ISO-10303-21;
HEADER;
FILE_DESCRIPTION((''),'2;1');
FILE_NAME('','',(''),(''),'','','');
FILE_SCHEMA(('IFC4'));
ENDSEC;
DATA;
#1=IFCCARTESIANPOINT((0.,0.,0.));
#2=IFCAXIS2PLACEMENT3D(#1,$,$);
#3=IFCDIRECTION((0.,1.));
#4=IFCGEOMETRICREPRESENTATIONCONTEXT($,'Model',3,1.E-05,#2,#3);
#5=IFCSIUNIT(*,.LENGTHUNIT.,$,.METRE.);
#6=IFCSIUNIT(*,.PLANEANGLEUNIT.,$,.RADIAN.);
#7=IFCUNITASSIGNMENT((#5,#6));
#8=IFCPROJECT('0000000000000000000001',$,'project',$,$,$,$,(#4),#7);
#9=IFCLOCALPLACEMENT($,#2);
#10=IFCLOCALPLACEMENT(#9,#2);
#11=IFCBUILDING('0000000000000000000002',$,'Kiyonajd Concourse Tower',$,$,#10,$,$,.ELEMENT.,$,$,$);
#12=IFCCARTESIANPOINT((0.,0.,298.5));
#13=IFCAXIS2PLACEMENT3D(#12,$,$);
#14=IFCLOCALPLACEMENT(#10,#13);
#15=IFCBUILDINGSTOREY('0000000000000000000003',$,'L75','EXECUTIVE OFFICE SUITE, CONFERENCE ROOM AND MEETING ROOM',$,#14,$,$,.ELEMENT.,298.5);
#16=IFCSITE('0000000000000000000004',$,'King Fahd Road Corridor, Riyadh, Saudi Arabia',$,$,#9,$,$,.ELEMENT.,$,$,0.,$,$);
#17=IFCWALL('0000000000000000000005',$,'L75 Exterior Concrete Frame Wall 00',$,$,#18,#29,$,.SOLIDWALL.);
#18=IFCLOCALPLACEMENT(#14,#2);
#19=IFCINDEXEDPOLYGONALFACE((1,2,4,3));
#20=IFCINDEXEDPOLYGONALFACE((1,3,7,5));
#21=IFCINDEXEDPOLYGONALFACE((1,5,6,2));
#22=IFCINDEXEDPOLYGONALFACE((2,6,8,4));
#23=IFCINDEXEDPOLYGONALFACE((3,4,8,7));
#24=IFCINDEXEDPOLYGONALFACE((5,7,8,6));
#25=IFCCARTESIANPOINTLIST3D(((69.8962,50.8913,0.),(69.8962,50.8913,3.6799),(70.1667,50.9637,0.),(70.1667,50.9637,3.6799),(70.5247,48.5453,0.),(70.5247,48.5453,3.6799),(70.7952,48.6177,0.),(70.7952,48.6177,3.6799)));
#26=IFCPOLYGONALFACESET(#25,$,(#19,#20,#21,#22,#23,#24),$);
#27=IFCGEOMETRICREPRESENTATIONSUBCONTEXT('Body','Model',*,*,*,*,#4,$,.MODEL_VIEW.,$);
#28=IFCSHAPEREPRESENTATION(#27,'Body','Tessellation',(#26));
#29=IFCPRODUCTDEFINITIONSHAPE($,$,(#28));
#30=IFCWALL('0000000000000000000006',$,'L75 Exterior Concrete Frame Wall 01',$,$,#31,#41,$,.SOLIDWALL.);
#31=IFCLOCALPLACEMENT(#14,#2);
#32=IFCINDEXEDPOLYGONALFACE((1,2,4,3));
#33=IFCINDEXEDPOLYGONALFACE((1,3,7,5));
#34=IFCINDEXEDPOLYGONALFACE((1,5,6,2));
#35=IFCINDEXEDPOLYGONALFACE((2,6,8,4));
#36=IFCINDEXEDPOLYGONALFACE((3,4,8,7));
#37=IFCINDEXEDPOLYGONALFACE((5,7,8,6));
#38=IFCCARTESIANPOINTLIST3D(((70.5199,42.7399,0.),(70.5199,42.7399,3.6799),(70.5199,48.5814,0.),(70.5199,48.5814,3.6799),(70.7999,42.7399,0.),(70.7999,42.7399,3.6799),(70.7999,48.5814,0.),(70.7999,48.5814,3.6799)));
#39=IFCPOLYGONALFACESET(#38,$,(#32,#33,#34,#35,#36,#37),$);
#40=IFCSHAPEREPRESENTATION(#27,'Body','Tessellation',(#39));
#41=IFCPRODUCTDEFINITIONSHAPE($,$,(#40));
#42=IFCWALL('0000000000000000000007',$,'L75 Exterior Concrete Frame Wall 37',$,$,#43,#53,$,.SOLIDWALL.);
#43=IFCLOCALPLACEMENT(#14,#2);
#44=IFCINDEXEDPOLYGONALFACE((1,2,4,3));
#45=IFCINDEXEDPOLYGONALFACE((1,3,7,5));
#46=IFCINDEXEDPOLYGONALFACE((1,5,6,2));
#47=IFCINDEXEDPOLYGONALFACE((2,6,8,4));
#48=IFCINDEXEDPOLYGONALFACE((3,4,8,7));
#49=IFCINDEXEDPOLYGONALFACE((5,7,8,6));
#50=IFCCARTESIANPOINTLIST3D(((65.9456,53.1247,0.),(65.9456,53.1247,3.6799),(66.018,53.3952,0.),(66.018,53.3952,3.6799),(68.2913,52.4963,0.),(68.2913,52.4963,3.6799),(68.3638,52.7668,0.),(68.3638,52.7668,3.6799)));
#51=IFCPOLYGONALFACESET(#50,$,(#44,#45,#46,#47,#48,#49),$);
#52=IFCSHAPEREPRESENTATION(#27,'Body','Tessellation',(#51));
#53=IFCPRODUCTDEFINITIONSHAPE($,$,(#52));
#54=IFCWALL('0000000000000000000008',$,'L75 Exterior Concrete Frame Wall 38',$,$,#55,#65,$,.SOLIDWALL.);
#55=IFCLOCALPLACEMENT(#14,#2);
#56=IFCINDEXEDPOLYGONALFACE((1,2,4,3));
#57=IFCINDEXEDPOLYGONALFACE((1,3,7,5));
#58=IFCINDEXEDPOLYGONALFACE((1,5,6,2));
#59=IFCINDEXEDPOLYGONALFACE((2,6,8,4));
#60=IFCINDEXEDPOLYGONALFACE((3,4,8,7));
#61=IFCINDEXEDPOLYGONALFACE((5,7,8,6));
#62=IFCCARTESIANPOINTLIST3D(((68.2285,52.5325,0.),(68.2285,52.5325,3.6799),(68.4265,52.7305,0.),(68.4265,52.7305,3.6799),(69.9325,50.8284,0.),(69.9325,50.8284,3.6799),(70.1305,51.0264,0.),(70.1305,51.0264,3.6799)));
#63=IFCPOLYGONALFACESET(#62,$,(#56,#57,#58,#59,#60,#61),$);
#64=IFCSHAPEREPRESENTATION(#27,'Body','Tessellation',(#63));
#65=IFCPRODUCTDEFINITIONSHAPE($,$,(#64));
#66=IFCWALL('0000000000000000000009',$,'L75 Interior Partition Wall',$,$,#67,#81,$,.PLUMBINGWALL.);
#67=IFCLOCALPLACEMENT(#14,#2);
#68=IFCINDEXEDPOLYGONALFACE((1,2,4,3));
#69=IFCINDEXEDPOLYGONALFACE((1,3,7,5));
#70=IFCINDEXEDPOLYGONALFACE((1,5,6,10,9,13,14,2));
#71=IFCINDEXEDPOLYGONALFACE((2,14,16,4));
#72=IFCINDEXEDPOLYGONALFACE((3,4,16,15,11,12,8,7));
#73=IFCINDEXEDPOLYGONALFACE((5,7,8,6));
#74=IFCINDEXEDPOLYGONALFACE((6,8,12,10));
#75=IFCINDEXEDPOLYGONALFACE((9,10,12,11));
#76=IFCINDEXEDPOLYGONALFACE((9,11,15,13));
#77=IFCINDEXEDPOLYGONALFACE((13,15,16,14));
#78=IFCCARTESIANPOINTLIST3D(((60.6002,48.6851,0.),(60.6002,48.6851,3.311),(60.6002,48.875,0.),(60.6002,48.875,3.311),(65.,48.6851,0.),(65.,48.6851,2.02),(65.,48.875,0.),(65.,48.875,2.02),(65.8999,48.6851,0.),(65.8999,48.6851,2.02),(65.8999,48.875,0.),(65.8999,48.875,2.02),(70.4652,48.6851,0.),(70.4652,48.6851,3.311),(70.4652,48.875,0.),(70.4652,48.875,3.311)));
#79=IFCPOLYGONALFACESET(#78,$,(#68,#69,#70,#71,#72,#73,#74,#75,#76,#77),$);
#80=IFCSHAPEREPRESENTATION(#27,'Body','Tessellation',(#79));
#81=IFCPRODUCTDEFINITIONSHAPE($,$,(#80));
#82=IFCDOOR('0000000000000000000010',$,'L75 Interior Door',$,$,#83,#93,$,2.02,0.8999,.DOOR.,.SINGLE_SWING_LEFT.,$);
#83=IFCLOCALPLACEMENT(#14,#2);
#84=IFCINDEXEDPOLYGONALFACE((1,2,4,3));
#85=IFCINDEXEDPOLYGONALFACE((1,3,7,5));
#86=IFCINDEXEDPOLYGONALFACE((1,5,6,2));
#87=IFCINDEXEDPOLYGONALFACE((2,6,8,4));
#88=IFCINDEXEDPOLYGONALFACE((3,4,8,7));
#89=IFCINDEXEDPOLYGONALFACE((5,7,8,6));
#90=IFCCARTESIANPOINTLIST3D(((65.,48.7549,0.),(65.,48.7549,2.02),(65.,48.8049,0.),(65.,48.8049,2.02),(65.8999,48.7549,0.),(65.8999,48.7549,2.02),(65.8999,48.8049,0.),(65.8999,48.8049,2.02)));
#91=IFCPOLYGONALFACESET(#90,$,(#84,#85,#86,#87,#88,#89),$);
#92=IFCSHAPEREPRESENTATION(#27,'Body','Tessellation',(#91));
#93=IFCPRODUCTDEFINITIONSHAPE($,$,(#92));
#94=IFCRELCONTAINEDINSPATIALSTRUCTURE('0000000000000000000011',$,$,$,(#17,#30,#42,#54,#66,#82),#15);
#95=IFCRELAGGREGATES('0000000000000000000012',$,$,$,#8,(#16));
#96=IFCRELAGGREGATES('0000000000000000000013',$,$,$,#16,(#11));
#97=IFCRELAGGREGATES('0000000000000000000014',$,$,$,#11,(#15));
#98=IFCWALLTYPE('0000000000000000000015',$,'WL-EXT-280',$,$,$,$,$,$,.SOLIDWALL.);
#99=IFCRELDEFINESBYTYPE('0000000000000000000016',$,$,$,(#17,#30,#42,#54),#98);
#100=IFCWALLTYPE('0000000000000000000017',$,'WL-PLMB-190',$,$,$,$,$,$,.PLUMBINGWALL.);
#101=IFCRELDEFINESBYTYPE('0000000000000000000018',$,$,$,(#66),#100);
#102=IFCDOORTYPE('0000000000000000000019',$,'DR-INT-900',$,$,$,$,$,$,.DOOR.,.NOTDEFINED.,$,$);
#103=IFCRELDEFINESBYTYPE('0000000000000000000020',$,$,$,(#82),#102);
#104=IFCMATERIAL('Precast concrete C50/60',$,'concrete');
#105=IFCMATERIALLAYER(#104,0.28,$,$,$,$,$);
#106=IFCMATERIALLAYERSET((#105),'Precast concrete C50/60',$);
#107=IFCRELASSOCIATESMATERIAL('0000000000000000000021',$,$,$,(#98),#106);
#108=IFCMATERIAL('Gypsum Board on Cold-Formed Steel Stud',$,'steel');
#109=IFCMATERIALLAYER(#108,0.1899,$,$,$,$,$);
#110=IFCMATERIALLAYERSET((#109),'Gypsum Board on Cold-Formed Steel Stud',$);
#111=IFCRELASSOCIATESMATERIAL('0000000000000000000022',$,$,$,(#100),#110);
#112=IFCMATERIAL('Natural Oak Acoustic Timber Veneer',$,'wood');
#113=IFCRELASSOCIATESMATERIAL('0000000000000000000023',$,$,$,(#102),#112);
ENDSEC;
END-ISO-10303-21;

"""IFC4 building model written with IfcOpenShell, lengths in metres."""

from ifc_helpers import new_model, si_unit, direction, frame, frame_2d, origin, place, context, subcontext, project, spatial, rectangle, extrude, material, layer, layer_set, type_object, element, fill, save


model = new_model("IFC4")

# Units and contexts
model_context = context("Model", 3, precision=1e-05, world=origin(), true_north=direction((0.0, 1.0)))
body_context = subcontext(model_context, "Body", "Model", "MODEL_VIEW")
ifc_project = project(units=[si_unit("LENGTHUNIT", "METRE"), si_unit("PLANEANGLEUNIT", "RADIAN")], contexts=[model_context])

# Site, building, storey
site_placement = place(None, origin())
site = spatial("IfcSite", under=ifc_project, at=site_placement, Name="King Fahd Road Corridor, Riyadh, Saudi Arabia", CompositionType="ELEMENT", RefElevation=0.0)
building_placement = place(site_placement, origin())
building = spatial("IfcBuilding", under=site, at=building_placement, Name="Kiyonajd Concourse Tower", CompositionType="ELEMENT")
storey_placement = place(building_placement, frame((0.0, 0.0, 298.5)))
storey = spatial("IfcBuildingStorey", under=building, at=storey_placement, Name="L75", Description="EXECUTIVE OFFICE SUITE, CONFERENCE ROOM AND MEETING ROOM", CompositionType="ELEMENT", Elevation=298.5)

# Walls
ifc_material_1 = material(Name="Precast concrete C50/60", Category="concrete")
ifc_layer_1 = layer(ifc_material_1, 0.28)
ifc_layer_set_1 = layer_set([ifc_layer_1], Name="Precast concrete C50/60")
wall_type_1 = type_object("IfcWallType", Name="WL-EXT-280", PredefinedType="SOLIDWALL", material=ifc_layer_set_1)
wall_1_placement = place(storey_placement, frame((70.0315, 50.9275, 0.0), z_axis=(0.0, 0.0, 1.0), x_axis=(0.258751, -0.965944, 0.0)))
element("IfcWall", 1, at=wall_1_placement, inside=storey, type_object=wall_type_1, Name="L75 Exterior Concrete Frame Wall 00", PredefinedType="SOLIDWALL", context=body_context, shape_type="SweptSolid", body=[
    extrude(rectangle(XDim=2.4287, YDim=0.28, at=frame_2d((1.2144, 0.0))), origin(), (0.0, 0.0, 1.0), 3.6799),
])
wall_2_placement = place(storey_placement, frame((70.6599, 48.5815, 0.0), z_axis=(0.0, 0.0, 1.0), x_axis=(0.0, -1.0, 0.0)))
element("IfcWall", 2, at=wall_2_placement, inside=storey, type_object=wall_type_1, Name="L75 Exterior Concrete Frame Wall 01", PredefinedType="SOLIDWALL", context=body_context, shape_type="SweptSolid", body=[
    extrude(rectangle(XDim=5.8416, YDim=0.28, at=frame_2d((2.9209, 0.0))), origin(), (0.0, 0.0, 1.0), 3.6799),
])
wall_3_placement = place(storey_placement, frame((65.9817, 53.26, 0.0), z_axis=(0.0, 0.0, 1.0), x_axis=(0.965937, -0.258776, 0.0)))
element("IfcWall", 3, at=wall_3_placement, inside=storey, type_object=wall_type_1, Name="L75 Exterior Concrete Frame Wall 37", PredefinedType="SOLIDWALL", context=body_context, shape_type="SweptSolid", body=[
    extrude(rectangle(XDim=2.4285, YDim=0.28, at=frame_2d((1.2144, 0.0))), origin(), (0.0, 0.0, 1.0), 3.6799),
])
wall_4_placement = place(storey_placement, frame((68.3274, 52.6316, 0.0), z_axis=(0.0, 0.0, 1.0), x_axis=(0.707107, -0.707107, 0.0)))
element("IfcWall", 4, at=wall_4_placement, inside=storey, type_object=wall_type_1, Name="L75 Exterior Concrete Frame Wall 38", PredefinedType="SOLIDWALL", context=body_context, shape_type="SweptSolid", body=[
    extrude(rectangle(XDim=2.4099, YDim=0.28, at=frame_2d((1.2051, 0.0))), origin(), (0.0, 0.0, 1.0), 3.6799),
])

# Wall, opening, door
ifc_material_2 = material(Name="Gypsum Board on Cold-Formed Steel Stud", Category="steel")
ifc_layer_2 = layer(ifc_material_2, 0.1899)
ifc_layer_set_2 = layer_set([ifc_layer_2], Name="Gypsum Board on Cold-Formed Steel Stud")
wall_type_2 = type_object("IfcWallType", Name="WL-PLMB-190", PredefinedType="PLUMBINGWALL", material=ifc_layer_set_2)
wall_5_placement = place(storey_placement, frame((60.6001, 48.78, 0.0), z_axis=(0.0, 0.0, 1.0), x_axis=(1.0, 0.0, 0.0)))
wall_5 = element("IfcWall", 5, at=wall_5_placement, inside=storey, type_object=wall_type_2, Name="L75 Interior Partition Wall", PredefinedType="PLUMBINGWALL", context=body_context, shape_type="SweptSolid", body=[
    extrude(rectangle(XDim=9.865, YDim=0.1899, at=frame_2d((4.9326, 0.0))), origin(), (0.0, 0.0, 1.0), 3.311),
])
opening_placement = place(wall_5_placement, frame((4.3999, 0.0, 0.0)))
opening = element("IfcOpeningElement", 6, at=opening_placement, cuts=wall_5, PredefinedType="OPENING", context=body_context, shape_type="SweptSolid", body=[
    extrude(rectangle(XDim=0.8999, YDim=2.02, at=frame_2d((0.45, 1.01))), frame((0.0, 0.105, 0.0), z_axis=(0.0, -1.0, 0.0), x_axis=(1.0, 0.0, 0.0)), (0.0, 0.0, 1.0), 0.21),
])
ifc_material_3 = material(Name="Natural Oak Acoustic Timber Veneer", Category="wood")
door_type = type_object("IfcDoorType", Name="DR-INT-900", OperationType="NOTDEFINED", PredefinedType="DOOR", material=ifc_material_3)
door_placement = place(opening_placement, origin())
door = element("IfcDoor", 7, at=door_placement, inside=storey, type_object=door_type, Name="L75 Interior Door", OperationType="SINGLE_SWING_LEFT", OverallHeight=2.02, OverallWidth=0.8999, PredefinedType="DOOR", context=body_context, shape_type="SweptSolid", body=[
    extrude(rectangle(XDim=0.8999, YDim=2.02, at=frame_2d((0.45, 1.01))), frame((0.0, 0.0249, 0.0), z_axis=(0.0, -1.0, 0.0), x_axis=(1.0, 0.0, 0.0)), (0.0, 0.0, 1.0), 0.05),
])
fill(opening, door)

save(model, "model.ifc")
